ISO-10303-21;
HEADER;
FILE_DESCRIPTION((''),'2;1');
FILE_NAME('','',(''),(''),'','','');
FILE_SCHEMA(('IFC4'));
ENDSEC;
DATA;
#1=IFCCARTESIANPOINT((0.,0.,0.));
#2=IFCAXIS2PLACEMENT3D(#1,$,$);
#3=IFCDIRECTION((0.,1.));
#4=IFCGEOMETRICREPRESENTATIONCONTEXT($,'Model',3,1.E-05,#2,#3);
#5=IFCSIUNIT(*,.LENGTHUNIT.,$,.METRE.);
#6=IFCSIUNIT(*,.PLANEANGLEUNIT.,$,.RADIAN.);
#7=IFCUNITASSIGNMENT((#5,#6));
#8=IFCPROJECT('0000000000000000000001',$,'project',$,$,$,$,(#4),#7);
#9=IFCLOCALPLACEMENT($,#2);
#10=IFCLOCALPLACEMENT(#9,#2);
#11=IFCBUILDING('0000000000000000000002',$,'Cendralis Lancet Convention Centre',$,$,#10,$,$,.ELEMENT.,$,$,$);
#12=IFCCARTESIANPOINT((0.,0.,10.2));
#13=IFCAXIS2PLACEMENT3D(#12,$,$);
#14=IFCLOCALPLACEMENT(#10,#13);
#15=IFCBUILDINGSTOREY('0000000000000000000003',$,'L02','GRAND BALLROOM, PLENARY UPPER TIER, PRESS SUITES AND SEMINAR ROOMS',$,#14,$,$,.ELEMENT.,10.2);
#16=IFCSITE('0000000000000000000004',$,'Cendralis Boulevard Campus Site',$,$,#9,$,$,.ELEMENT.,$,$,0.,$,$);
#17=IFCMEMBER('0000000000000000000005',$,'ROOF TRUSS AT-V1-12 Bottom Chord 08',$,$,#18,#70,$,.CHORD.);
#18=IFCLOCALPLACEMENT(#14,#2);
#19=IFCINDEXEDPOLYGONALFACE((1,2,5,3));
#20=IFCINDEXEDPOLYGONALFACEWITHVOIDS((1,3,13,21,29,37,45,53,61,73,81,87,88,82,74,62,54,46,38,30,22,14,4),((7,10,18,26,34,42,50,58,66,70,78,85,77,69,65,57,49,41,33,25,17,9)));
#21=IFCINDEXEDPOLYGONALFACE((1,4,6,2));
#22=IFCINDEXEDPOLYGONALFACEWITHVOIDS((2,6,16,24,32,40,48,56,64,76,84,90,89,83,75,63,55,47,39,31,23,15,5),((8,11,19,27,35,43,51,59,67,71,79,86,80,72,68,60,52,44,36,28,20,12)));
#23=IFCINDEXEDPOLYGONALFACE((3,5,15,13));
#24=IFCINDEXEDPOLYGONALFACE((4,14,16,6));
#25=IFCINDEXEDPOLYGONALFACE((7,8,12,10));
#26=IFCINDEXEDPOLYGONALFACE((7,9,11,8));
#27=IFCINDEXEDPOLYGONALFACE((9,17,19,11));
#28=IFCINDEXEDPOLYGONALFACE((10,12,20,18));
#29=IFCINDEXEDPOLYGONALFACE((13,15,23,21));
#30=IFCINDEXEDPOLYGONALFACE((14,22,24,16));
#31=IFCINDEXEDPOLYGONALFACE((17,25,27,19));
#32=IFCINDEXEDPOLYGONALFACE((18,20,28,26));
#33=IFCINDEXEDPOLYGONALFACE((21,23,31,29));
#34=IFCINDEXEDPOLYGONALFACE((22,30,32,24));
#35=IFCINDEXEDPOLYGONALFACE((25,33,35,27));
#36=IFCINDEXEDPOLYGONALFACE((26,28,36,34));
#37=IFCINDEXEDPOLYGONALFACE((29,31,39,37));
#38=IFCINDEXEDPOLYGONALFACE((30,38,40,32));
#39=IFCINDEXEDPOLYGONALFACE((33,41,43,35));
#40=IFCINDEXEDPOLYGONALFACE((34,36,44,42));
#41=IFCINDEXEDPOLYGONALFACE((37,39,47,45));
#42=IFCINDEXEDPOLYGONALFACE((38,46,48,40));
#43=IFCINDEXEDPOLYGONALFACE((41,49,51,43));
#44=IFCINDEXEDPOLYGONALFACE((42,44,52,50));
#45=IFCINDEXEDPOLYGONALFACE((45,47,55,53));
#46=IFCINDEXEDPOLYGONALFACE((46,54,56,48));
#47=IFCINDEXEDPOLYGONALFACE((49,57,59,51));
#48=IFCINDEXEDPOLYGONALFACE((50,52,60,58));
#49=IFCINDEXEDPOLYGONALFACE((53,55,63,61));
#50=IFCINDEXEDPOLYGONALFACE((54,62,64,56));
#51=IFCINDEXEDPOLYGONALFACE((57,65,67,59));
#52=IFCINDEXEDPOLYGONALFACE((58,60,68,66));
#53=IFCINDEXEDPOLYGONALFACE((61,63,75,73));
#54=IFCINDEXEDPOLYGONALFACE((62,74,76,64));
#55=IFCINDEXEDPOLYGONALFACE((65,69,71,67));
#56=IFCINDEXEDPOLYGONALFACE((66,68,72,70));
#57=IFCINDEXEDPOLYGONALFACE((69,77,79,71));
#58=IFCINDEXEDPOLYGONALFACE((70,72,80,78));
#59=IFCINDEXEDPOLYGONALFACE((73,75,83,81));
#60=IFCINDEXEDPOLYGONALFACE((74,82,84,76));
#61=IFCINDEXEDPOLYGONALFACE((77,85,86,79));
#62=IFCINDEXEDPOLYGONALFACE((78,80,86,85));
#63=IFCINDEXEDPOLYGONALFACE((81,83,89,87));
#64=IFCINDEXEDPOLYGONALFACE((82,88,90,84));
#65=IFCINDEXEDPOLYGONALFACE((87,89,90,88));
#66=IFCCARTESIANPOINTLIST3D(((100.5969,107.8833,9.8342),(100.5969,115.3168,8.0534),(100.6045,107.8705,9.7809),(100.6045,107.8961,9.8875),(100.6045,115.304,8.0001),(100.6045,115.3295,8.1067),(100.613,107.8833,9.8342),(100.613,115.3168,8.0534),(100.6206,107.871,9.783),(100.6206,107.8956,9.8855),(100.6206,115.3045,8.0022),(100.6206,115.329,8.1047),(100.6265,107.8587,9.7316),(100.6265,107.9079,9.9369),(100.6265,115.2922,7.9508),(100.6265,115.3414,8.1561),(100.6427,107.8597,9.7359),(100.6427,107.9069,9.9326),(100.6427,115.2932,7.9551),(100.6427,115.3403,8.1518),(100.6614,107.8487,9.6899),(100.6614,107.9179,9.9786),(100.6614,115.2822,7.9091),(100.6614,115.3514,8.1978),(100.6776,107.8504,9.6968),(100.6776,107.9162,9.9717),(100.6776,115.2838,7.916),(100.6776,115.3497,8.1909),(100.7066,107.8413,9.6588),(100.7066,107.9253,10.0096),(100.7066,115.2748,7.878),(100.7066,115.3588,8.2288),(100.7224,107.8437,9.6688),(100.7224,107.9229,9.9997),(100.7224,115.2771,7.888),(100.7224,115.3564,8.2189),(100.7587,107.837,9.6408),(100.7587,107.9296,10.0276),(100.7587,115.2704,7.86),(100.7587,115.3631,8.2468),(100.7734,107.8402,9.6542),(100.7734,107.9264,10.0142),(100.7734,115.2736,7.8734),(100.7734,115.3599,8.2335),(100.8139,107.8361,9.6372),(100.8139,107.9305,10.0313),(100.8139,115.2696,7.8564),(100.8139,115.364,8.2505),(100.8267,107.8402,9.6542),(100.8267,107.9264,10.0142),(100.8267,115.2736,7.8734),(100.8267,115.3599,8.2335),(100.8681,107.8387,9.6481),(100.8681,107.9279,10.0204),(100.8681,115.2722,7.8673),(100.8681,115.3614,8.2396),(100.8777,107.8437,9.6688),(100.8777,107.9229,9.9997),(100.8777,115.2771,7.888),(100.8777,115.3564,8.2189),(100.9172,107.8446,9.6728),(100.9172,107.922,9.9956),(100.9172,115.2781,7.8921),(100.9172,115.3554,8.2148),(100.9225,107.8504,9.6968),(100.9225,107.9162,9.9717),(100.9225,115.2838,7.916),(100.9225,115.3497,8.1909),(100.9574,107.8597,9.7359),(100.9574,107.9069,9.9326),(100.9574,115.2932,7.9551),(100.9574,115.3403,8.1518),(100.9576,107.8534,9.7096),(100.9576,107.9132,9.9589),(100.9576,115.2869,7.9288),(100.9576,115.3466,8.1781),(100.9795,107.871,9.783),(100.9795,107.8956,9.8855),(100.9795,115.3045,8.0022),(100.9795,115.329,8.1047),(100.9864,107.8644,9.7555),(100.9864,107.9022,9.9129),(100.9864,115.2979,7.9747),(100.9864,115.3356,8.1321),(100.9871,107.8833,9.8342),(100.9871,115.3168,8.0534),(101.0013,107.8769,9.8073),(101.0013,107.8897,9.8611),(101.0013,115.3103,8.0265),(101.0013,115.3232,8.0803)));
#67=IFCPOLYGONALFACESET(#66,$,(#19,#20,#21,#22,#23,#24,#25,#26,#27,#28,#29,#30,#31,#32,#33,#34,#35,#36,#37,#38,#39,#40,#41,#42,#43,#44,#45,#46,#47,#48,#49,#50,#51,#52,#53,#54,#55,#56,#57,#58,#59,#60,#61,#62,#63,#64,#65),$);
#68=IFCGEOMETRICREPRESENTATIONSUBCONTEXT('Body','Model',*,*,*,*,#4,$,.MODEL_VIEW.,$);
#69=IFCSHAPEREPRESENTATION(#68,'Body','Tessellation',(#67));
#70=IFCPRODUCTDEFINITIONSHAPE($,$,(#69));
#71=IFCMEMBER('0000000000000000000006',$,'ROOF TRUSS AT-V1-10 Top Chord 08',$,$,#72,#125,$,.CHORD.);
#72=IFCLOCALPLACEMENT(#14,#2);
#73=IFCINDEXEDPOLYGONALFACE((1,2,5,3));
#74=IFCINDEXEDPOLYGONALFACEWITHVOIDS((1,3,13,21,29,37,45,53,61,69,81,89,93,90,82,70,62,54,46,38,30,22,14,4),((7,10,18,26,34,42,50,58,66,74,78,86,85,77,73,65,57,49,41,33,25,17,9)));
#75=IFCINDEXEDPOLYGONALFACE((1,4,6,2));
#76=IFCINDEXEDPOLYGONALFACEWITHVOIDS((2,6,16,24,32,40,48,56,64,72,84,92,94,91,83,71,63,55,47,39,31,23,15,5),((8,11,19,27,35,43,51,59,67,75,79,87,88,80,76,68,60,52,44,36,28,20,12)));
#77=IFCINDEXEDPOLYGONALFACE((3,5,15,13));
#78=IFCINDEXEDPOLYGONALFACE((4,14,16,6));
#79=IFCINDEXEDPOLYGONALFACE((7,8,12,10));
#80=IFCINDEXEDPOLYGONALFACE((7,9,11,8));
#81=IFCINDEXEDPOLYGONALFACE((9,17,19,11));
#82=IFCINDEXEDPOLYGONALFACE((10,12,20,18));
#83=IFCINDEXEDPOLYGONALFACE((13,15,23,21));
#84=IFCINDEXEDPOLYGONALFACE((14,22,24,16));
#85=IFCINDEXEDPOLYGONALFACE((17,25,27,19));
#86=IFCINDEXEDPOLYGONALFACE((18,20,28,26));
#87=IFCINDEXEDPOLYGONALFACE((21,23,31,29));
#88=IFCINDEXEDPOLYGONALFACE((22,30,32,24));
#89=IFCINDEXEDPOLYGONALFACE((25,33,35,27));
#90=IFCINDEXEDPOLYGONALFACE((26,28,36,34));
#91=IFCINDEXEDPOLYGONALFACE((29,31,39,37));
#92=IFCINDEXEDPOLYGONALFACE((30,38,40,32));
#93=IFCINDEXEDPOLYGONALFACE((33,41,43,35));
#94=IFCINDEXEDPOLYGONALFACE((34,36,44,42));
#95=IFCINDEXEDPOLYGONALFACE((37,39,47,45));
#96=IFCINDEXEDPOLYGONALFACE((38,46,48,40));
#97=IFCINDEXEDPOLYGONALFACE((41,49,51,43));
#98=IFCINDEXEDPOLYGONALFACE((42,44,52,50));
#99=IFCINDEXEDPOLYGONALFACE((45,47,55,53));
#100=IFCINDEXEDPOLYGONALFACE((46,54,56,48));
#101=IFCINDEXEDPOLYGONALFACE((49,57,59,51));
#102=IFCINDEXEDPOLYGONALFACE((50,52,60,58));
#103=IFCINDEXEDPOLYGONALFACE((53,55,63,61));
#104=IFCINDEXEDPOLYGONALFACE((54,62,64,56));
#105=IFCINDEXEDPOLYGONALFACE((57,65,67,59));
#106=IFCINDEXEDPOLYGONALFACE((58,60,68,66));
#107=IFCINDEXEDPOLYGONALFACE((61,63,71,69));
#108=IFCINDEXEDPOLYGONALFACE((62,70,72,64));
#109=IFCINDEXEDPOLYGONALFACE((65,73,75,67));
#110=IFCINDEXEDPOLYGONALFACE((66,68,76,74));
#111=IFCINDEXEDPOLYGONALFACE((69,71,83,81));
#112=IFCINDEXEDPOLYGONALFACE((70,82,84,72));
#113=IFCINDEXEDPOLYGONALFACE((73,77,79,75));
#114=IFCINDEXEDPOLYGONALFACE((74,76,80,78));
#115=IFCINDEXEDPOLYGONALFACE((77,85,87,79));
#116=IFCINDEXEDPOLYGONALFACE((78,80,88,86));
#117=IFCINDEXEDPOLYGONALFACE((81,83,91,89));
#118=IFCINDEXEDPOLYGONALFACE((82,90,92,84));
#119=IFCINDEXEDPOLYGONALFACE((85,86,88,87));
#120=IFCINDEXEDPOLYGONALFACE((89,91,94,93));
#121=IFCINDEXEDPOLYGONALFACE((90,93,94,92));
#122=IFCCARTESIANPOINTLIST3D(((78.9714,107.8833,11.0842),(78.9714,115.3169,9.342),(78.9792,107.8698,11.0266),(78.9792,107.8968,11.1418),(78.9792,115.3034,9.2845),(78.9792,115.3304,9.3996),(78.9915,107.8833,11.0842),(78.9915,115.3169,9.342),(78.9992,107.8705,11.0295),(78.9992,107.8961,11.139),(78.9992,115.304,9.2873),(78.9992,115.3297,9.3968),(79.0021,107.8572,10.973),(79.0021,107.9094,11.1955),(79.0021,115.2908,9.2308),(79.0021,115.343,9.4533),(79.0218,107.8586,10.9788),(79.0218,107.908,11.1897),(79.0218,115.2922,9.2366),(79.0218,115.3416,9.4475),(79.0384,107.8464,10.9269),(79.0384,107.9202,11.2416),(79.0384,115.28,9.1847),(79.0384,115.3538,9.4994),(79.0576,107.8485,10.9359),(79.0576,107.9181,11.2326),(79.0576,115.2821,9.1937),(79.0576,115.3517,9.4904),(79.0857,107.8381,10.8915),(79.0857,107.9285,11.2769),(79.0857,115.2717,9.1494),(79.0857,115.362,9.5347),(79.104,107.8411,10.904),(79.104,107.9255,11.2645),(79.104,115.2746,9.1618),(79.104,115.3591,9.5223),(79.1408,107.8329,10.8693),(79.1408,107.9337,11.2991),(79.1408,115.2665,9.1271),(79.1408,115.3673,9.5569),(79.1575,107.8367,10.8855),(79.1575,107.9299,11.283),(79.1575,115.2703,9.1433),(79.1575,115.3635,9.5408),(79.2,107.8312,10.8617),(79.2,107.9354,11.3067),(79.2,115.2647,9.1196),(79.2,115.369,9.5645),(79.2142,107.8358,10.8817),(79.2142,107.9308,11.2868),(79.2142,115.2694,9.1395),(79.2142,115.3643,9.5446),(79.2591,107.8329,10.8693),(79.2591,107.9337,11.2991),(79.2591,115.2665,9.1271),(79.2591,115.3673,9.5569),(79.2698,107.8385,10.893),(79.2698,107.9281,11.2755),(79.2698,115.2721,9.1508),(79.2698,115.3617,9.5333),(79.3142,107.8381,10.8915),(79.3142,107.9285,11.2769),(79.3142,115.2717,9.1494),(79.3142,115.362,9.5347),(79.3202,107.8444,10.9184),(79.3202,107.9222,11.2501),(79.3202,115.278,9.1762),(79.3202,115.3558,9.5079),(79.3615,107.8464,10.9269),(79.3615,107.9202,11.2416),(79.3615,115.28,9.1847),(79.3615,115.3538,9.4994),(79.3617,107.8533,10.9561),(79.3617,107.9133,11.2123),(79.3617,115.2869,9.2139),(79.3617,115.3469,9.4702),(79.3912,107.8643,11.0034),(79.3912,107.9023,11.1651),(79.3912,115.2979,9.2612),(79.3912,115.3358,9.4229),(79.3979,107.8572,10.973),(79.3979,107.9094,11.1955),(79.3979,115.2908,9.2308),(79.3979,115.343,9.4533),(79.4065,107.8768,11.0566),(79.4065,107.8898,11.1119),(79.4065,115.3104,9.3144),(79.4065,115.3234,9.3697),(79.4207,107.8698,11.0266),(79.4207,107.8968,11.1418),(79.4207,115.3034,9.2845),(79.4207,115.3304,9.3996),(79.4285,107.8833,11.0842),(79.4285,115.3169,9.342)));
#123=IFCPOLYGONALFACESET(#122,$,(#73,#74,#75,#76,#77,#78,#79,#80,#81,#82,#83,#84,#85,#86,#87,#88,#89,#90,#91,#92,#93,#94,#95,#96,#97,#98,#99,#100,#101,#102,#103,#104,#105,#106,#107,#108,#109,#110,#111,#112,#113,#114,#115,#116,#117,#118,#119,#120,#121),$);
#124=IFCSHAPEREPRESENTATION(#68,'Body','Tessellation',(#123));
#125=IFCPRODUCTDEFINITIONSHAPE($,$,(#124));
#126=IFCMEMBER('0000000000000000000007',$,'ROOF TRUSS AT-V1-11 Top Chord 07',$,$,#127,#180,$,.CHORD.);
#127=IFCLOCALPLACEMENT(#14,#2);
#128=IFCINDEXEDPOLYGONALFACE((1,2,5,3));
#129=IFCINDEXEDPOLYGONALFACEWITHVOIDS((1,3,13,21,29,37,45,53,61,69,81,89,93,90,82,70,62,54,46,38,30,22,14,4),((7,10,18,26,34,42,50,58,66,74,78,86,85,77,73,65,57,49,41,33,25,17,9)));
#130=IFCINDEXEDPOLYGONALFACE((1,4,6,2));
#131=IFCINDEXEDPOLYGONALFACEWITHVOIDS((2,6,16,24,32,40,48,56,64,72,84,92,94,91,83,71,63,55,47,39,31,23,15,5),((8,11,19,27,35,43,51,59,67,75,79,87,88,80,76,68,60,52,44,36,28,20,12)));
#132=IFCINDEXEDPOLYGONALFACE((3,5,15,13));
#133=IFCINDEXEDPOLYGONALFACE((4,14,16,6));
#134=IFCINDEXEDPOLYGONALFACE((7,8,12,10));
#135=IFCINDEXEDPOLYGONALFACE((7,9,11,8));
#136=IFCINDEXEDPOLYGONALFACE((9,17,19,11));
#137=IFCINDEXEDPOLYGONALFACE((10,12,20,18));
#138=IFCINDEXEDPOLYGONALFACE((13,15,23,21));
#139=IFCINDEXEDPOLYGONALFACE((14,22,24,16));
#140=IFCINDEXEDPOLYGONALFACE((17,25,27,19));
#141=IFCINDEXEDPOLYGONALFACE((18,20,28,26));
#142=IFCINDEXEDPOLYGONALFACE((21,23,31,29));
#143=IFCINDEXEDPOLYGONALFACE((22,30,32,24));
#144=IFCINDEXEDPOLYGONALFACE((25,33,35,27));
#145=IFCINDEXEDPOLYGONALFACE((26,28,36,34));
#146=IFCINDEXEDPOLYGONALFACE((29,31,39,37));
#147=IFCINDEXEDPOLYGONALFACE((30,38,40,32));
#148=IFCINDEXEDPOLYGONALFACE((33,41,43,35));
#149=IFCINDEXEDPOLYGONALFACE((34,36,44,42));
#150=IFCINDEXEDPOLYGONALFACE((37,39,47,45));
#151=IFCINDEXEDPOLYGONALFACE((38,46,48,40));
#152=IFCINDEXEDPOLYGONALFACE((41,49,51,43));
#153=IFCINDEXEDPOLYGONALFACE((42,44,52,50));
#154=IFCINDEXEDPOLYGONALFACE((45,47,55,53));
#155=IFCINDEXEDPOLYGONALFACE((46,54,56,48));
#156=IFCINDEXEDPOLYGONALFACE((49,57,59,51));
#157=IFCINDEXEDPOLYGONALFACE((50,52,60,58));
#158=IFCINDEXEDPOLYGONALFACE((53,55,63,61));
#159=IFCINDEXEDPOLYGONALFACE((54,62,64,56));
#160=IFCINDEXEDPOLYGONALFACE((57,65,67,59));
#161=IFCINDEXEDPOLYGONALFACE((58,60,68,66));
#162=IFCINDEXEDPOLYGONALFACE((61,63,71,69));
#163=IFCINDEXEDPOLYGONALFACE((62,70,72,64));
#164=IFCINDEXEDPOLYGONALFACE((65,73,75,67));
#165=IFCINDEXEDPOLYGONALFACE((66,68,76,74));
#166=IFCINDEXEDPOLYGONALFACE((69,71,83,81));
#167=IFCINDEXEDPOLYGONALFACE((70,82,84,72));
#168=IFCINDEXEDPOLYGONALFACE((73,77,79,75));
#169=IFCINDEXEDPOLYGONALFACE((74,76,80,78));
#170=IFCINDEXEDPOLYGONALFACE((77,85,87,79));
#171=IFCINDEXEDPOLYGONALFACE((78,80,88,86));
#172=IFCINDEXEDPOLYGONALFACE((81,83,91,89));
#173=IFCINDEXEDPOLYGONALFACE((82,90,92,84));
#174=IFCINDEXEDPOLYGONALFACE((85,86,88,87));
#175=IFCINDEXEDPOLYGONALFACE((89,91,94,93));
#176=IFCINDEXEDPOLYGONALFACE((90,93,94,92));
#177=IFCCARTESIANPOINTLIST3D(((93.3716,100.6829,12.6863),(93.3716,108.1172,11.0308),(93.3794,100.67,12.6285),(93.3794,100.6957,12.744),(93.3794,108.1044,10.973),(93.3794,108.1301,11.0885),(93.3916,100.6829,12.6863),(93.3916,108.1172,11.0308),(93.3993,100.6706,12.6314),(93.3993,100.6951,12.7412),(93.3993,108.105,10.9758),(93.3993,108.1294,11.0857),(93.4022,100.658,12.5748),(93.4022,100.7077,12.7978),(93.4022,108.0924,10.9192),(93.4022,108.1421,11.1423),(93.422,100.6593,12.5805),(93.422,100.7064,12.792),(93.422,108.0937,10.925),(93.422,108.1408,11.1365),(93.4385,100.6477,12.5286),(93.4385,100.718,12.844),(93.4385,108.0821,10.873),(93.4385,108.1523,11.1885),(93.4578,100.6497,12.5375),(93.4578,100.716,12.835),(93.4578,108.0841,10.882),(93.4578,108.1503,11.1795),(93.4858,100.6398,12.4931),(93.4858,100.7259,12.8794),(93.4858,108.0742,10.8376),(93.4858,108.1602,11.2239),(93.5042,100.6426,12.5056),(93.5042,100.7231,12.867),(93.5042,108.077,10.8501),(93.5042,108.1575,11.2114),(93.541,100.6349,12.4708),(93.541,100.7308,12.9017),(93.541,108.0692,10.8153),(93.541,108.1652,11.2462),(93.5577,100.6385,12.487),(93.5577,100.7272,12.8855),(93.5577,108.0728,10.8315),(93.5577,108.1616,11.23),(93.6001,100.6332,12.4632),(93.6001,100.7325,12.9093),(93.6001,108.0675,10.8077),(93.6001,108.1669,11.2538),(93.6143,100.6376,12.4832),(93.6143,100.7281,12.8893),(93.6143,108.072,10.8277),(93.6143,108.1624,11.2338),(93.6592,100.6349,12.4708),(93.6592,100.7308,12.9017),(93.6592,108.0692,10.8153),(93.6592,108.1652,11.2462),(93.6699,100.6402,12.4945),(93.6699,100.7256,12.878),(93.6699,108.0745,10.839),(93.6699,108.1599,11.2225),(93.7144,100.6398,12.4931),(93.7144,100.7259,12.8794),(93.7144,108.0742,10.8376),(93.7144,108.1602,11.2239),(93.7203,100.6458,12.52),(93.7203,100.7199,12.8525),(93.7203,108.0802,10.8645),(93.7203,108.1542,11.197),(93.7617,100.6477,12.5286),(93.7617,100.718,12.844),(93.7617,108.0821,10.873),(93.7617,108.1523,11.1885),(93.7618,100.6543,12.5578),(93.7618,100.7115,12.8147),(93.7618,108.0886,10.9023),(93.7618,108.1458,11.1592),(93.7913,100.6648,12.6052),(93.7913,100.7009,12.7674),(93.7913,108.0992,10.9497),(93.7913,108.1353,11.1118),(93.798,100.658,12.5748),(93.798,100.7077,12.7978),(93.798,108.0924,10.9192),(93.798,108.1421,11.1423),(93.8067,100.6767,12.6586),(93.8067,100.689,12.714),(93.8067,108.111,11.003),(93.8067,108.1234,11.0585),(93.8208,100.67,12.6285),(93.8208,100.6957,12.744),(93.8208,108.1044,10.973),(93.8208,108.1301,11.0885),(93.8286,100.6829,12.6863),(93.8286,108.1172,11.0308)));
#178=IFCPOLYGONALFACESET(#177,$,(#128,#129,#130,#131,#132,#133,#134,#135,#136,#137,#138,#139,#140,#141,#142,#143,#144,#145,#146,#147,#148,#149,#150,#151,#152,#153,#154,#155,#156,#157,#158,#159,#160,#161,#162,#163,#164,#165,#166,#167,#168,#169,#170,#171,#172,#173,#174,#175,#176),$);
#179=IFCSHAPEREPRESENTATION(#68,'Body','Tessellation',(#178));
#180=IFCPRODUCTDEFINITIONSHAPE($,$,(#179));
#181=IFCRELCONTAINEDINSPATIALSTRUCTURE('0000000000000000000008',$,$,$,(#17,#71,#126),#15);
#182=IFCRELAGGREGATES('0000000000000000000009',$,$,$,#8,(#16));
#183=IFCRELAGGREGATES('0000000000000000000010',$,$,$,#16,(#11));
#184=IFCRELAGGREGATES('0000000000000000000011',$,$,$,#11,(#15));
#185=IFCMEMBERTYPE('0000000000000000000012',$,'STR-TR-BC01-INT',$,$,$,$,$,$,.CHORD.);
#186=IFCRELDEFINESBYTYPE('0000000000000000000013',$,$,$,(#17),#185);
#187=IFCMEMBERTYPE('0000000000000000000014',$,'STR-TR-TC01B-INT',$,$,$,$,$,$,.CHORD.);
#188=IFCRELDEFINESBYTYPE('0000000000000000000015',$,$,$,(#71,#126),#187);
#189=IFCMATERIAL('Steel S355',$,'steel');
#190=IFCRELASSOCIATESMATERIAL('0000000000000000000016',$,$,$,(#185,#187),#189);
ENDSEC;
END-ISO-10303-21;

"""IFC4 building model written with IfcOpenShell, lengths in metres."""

from ifc_helpers import new_model, si_unit, direction, frame, origin, origin_2d, place, context, subcontext, project, spatial, hollow_circle, extrude, material, material_profile, profile_set, type_object, element, save


model = new_model("IFC4")

# Units and contexts
model_context = context("Model", 3, precision=1e-05, world=origin(), true_north=direction((0.0, 1.0)))
body_context = subcontext(model_context, "Body", "Model", "MODEL_VIEW")
ifc_project = project(units=[si_unit("LENGTHUNIT", "METRE"), si_unit("PLANEANGLEUNIT", "RADIAN")], contexts=[model_context])

# Site, building, storey
site_placement = place(None, origin())
site = spatial("IfcSite", under=ifc_project, at=site_placement, Name="Cendralis Boulevard Campus Site", CompositionType="ELEMENT", RefElevation=0.0)
building_placement = place(site_placement, origin())
building = spatial("IfcBuilding", under=site, at=building_placement, Name="Cendralis Lancet Convention Centre", CompositionType="ELEMENT")
storey_placement = place(building_placement, frame((0.0, 0.0, 10.2)))
storey = spatial("IfcBuildingStorey", under=building, at=storey_placement, Name="L02", Description="GRAND BALLROOM, PLENARY UPPER TIER, PRESS SUITES AND SEMINAR ROOMS", CompositionType="ELEMENT", Elevation=10.2)

# Members
ifc_material = material(Name="Steel S355", Category="steel")
ifc_material_profile_1 = material_profile(ifc_material, hollow_circle(Radius=0.2031, WallThickness=0.0161, at=origin_2d()), Name="CHS 406.4x16.0")
ifc_profile_set_1 = profile_set([ifc_material_profile_1], Name="Steel S355")
member_type_1 = type_object("IfcMemberType", Name="STR-TR-BC01-INT", PredefinedType="CHORD", material=ifc_profile_set_1)
member_1_placement = place(storey_placement, frame((100.8, 107.8833, 9.8342), z_axis=(0.0, 0.972483, -0.232972), x_axis=(-1.0, 0.0, 0.0)))
element("IfcMember", 1, at=member_1_placement, inside=storey, type_object=member_type_1, Name="ROOF TRUSS AT-V1-12 Bottom Chord 08", PredefinedType="CHORD", context=body_context, shape_type="SweptSolid", body=[
    extrude(hollow_circle(Radius=0.2031, WallThickness=0.0161, at=origin_2d()), origin(), (0.0, 0.0, 1.0), 7.6438),
])
ifc_material_profile_2 = material_profile(ifc_material, hollow_circle(Radius=0.2285, WallThickness=0.02, at=origin_2d()), Name="CHS 457.0x20.0")
ifc_profile_set_2 = profile_set([ifc_material_profile_2], Name="Steel S355")
member_type_2 = type_object("IfcMemberType", Name="STR-TR-TC01B-INT", PredefinedType="CHORD", material=ifc_profile_set_2)
member_2_placement = place(storey_placement, frame((79.2, 107.8833, 11.0842), z_axis=(0.0, 0.973618, -0.228184), x_axis=(-1.0, 0.0, 0.0)))
element("IfcMember", 2, at=member_2_placement, inside=storey, type_object=member_type_2, Name="ROOF TRUSS AT-V1-10 Top Chord 08", PredefinedType="CHORD", context=body_context, shape_type="SweptSolid", body=[
    extrude(hollow_circle(Radius=0.2285, WallThickness=0.02, at=origin_2d()), origin(), (0.0, 0.0, 1.0), 7.635),
])
member_3_placement = place(storey_placement, frame((93.6001, 100.6829, 12.6863), z_axis=(0.0, 0.976091, -0.217361), x_axis=(-1.0, 0.0, 0.0)))
element("IfcMember", 3, at=member_3_placement, inside=storey, type_object=member_type_2, Name="ROOF TRUSS AT-V1-11 Top Chord 07", PredefinedType="CHORD", context=body_context, shape_type="SweptSolid", body=[
    extrude(hollow_circle(Radius=0.2285, WallThickness=0.02, at=origin_2d()), origin(), (0.0, 0.0, 1.0), 7.6165),
])

save(model, "model.ifc")
